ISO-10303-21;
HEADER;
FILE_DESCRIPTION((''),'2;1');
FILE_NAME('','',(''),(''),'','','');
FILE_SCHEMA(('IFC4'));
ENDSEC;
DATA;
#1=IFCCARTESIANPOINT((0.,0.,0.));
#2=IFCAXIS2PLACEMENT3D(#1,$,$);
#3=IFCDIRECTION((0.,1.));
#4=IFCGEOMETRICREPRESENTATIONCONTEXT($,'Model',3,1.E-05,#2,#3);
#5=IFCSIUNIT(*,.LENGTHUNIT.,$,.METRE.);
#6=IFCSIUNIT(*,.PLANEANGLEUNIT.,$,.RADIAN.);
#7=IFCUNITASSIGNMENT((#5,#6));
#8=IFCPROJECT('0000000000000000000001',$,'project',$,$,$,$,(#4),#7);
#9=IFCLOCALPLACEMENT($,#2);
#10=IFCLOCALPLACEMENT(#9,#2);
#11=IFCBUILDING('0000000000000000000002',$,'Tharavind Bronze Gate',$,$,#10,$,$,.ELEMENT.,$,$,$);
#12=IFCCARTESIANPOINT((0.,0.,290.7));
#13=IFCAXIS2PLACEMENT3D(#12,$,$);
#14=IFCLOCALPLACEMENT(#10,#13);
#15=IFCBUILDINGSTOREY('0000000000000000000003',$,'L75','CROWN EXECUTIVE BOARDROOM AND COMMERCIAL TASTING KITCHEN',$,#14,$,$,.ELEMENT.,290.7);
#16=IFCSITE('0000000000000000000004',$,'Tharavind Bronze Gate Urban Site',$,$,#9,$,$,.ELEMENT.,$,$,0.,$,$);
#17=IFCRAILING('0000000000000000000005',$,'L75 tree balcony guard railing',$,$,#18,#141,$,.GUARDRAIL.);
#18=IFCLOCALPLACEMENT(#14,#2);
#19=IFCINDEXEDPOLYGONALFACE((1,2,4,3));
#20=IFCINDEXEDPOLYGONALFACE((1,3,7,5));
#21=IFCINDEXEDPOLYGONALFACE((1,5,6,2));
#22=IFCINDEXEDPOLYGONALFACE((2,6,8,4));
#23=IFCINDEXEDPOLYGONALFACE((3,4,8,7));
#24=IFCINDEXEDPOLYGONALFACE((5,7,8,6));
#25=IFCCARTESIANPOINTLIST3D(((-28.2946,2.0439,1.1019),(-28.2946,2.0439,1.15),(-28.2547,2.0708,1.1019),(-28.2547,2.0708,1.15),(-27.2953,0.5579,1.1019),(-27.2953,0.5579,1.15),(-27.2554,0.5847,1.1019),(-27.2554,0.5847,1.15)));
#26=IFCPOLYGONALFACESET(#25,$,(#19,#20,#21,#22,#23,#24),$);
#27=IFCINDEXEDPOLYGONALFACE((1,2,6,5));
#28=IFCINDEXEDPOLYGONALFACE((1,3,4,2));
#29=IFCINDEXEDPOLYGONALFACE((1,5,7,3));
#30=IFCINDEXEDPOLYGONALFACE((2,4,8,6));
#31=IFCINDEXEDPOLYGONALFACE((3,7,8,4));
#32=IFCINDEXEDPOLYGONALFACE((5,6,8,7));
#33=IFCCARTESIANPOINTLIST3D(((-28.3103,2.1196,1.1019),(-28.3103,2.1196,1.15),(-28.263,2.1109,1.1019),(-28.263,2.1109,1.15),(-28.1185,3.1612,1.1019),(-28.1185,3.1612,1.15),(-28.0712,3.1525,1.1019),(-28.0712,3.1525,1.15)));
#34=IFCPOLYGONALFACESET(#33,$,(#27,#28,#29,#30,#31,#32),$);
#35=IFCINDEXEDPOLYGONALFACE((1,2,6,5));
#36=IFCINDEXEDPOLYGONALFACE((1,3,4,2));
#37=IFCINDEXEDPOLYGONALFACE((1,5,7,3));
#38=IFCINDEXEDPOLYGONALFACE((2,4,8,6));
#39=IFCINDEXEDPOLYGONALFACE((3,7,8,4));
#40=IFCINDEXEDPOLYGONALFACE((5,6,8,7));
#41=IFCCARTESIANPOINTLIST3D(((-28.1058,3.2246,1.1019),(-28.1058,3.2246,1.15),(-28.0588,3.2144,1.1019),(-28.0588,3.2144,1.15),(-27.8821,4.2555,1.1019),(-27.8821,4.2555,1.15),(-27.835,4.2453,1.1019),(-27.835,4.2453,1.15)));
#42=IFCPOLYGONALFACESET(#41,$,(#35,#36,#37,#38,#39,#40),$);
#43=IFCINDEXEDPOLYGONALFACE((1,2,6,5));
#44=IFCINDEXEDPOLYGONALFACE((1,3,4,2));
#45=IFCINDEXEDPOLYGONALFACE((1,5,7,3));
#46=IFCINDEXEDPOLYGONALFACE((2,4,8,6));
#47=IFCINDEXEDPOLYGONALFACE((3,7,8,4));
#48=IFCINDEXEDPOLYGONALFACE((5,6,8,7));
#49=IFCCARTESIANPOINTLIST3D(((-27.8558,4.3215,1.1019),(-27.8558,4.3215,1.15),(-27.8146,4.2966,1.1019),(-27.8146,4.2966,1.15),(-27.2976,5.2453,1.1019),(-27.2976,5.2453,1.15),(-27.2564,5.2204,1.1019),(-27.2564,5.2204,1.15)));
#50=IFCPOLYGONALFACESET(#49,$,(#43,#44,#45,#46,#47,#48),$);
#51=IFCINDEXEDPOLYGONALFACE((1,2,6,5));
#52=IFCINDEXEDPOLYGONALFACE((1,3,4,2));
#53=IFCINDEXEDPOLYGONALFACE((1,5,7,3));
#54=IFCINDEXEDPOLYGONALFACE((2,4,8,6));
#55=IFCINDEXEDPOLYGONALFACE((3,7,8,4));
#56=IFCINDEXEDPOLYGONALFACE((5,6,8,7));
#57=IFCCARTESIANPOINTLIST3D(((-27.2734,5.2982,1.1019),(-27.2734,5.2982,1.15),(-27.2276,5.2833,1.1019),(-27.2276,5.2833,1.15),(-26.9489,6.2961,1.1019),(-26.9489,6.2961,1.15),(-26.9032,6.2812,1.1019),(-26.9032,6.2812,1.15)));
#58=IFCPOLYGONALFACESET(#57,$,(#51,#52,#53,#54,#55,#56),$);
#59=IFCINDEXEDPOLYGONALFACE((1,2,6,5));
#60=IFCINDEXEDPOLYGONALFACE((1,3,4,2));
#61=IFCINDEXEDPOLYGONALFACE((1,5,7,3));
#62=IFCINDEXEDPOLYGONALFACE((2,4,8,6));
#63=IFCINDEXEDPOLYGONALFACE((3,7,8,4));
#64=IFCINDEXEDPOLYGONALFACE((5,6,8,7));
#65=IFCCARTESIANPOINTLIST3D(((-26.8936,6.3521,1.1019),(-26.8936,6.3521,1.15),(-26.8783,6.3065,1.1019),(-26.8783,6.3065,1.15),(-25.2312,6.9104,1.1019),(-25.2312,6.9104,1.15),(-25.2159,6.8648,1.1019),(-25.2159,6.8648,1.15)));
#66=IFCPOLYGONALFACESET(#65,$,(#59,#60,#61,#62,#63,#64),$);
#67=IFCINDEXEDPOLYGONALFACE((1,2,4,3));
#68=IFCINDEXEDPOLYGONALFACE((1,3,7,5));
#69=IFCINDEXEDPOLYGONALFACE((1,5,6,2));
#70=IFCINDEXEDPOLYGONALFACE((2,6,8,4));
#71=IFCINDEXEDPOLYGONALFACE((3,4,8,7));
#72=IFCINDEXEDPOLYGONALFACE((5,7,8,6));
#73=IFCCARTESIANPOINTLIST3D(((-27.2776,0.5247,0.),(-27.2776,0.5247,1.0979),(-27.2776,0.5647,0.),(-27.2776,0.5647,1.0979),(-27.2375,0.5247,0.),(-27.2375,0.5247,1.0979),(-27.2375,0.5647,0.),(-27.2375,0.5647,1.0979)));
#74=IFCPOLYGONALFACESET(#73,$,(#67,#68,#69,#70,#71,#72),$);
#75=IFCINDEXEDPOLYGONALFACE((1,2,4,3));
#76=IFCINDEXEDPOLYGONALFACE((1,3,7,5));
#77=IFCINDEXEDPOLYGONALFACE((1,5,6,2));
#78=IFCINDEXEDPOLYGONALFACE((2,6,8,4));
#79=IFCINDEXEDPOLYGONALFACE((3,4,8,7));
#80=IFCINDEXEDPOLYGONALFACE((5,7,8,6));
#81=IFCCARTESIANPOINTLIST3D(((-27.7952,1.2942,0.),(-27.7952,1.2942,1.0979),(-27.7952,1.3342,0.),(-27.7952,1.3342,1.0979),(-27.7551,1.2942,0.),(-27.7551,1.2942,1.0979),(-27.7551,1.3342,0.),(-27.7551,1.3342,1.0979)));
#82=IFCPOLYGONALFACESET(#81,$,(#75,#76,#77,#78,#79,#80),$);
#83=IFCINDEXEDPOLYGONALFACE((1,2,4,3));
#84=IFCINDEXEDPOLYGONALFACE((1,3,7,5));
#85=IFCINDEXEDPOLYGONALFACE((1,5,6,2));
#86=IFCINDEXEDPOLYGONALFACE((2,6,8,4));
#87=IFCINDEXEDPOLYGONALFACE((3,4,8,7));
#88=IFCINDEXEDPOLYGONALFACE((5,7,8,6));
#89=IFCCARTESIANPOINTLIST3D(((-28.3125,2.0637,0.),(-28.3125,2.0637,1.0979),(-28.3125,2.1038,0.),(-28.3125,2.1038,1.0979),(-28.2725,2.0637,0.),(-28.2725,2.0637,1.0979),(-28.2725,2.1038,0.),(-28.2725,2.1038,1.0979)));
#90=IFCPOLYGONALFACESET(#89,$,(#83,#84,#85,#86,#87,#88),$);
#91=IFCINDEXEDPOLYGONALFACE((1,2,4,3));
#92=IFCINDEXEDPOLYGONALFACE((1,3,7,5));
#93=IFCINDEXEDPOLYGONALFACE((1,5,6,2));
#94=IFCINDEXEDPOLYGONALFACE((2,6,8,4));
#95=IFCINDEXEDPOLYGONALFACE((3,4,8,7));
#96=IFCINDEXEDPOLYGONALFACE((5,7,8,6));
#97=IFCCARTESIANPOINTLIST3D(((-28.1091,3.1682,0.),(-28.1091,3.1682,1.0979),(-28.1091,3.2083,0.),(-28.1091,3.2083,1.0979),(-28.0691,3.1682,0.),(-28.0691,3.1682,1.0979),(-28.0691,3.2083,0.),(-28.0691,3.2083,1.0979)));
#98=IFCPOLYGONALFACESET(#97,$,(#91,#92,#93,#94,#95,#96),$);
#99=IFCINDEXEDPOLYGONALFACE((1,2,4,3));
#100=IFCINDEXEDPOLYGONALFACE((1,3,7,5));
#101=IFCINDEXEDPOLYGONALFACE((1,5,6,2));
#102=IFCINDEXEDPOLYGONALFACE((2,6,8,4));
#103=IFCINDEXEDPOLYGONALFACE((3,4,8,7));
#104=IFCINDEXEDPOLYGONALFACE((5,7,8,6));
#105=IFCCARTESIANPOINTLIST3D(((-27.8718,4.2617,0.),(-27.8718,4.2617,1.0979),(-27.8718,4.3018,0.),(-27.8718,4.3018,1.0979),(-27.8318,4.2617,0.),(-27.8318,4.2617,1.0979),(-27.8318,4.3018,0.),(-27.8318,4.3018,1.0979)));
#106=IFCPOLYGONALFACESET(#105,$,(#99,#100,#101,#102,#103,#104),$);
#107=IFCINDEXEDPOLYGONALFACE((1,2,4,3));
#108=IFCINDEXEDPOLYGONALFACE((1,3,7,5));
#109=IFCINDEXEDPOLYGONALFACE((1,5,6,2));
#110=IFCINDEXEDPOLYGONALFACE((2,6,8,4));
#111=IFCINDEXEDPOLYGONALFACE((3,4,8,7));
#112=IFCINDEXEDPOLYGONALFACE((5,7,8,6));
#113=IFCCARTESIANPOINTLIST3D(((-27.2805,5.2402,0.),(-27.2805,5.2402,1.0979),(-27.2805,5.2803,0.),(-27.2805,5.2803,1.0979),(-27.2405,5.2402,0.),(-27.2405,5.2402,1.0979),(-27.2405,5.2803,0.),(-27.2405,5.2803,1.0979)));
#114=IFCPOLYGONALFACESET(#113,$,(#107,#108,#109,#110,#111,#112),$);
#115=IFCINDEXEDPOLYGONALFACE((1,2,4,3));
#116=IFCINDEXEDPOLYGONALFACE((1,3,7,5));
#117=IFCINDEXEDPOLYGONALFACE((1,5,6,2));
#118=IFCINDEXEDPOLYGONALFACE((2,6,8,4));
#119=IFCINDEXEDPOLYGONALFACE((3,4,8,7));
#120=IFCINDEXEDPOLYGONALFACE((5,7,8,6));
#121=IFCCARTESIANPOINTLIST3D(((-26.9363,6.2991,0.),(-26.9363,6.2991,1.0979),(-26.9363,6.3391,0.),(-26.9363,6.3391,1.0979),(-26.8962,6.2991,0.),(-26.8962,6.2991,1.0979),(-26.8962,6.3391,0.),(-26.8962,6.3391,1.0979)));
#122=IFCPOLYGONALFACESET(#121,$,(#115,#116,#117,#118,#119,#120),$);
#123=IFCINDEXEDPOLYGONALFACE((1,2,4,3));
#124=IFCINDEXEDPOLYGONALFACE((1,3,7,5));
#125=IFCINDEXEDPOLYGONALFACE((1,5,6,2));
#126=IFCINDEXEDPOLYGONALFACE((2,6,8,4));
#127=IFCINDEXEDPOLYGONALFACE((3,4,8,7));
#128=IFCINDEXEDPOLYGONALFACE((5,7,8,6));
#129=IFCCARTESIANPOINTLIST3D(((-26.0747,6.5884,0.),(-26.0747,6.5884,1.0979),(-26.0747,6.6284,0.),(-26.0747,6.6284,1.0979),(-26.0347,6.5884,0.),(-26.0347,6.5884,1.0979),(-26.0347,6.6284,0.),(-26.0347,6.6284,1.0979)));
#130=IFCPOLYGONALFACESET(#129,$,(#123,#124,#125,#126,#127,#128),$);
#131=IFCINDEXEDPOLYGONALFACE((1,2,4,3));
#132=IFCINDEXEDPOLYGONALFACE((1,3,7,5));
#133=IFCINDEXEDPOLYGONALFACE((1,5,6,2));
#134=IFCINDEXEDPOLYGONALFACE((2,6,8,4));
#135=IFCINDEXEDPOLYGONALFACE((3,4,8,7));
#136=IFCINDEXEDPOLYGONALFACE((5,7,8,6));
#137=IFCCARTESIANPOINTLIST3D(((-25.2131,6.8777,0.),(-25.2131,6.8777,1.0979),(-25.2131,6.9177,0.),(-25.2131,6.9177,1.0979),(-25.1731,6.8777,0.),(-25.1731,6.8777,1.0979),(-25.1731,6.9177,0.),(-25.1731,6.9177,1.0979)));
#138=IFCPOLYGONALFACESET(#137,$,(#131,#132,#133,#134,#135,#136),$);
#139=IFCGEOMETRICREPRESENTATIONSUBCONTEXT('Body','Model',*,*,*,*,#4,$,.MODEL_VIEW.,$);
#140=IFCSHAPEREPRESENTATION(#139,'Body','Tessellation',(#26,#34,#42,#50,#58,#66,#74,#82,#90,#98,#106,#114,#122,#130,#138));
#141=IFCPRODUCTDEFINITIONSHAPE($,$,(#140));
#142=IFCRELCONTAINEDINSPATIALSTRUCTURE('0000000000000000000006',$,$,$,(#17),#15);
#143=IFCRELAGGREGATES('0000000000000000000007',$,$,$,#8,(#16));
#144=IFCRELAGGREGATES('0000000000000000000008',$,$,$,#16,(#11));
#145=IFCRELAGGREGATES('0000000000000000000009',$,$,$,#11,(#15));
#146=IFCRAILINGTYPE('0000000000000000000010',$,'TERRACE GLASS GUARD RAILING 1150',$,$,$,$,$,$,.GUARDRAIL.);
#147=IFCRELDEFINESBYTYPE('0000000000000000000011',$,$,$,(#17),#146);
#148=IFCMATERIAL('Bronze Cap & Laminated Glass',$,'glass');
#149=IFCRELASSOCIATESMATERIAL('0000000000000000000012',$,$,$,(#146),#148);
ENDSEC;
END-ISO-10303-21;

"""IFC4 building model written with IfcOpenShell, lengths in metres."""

from ifc_helpers import new_model, si_unit, direction, frame, origin, origin_2d, place, context, subcontext, project, spatial, rectangle, extrude, material, type_object, element, save


model = new_model("IFC4")

# Units and contexts
model_context = context("Model", 3, precision=1e-05, world=origin(), true_north=direction((0.0, 1.0)))
body_context = subcontext(model_context, "Body", "Model", "MODEL_VIEW")
ifc_project = project(units=[si_unit("LENGTHUNIT", "METRE"), si_unit("PLANEANGLEUNIT", "RADIAN")], contexts=[model_context])

# Site, building, storey
site_placement = place(None, origin())
site = spatial("IfcSite", under=ifc_project, at=site_placement, Name="Tharavind Bronze Gate Urban Site", CompositionType="ELEMENT", RefElevation=0.0)
building_placement = place(site_placement, origin())
building = spatial("IfcBuilding", under=site, at=building_placement, Name="Tharavind Bronze Gate", CompositionType="ELEMENT")
storey_placement = place(building_placement, frame((0.0, 0.0, 290.7)))
storey = spatial("IfcBuildingStorey", under=building, at=storey_placement, Name="L75", Description="CROWN EXECUTIVE BOARDROOM AND COMMERCIAL TASTING KITCHEN", CompositionType="ELEMENT", Elevation=290.7)

# Railing
ifc_material_1 = material(Name="Bronze Cap & Laminated Glass", Category="glass")
railing_type = type_object("IfcRailingType", Name="TERRACE GLASS GUARD RAILING 1150", PredefinedType="GUARDRAIL", material=ifc_material_1)
railing_placement = place(storey_placement, frame((-27.2576, 0.5447, 0.0)))
element("IfcRailing", 1, at=railing_placement, inside=storey, type_object=railing_type, Name="L75 tree balcony guard railing", PredefinedType="GUARDRAIL", context=body_context, shape_type="SweptSolid", body=[
    extrude(rectangle(XDim=0.0481, YDim=0.0481, at=origin_2d()), frame((-0.0178, 0.0266, 1.126), z_axis=(-0.558007, 0.829836, 0.0), x_axis=(-0.829836, -0.558007, 0.0)), (0.0, 0.0, 1.0), 1.7908),
    extrude(rectangle(XDim=0.0481, YDim=0.0481, at=origin_2d()), frame((-1.0291, 1.5706, 1.126), z_axis=(0.181085, 0.983467, 0.0), x_axis=(-0.983467, 0.181085, 0.0)), (0.0, 0.0, 1.0), 1.0591),
    extrude(rectangle(XDim=0.0481, YDim=0.0481, at=origin_2d()), frame((-0.8247, 2.6748, 1.126), z_axis=(0.212076, 0.977253, 0.0), x_axis=(-0.977253, 0.212076, 0.0)), (0.0, 0.0, 1.0), 1.0549),
    extrude(rectangle(XDim=0.0481, YDim=0.0481, at=origin_2d()), frame((-0.5776, 3.7644, 1.126), z_axis=(0.517194, 0.855868, 0.0), x_axis=(-0.855868, 0.517194, 0.0)), (0.0, 0.0, 1.0), 1.0793),
    extrude(rectangle(XDim=0.0481, YDim=0.0481, at=origin_2d()), frame((0.0071, 4.7461, 1.126), z_axis=(0.30918, 0.951003, 0.0), x_axis=(-0.951003, 0.30918, 0.0)), (0.0, 0.0, 1.0), 1.0493),
    extrude(rectangle(XDim=0.0481, YDim=0.0481, at=origin_2d()), frame((0.3716, 5.7847, 1.126), z_axis=(0.947983, 0.318322, 0.0), x_axis=(-0.318322, 0.947983, 0.0)), (0.0, 0.0, 1.0), 1.7537),
    extrude(rectangle(XDim=0.04, YDim=0.04, at=origin_2d()), origin(), (0.0, 0.0, 1.0), 1.0979),
    extrude(rectangle(XDim=0.04, YDim=0.04, at=origin_2d()), frame((-0.5176, 0.7695, 0.0)), (0.0, 0.0, 1.0), 1.0979),
    extrude(rectangle(XDim=0.04, YDim=0.04, at=origin_2d()), frame((-1.0349, 1.5391, 0.0)), (0.0, 0.0, 1.0), 1.0979),
    extrude(rectangle(XDim=0.04, YDim=0.04, at=origin_2d()), frame((-0.8315, 2.6436, 0.0)), (0.0, 0.0, 1.0), 1.0979),
    extrude(rectangle(XDim=0.04, YDim=0.04, at=origin_2d()), frame((-0.5942, 3.7371, 0.0)), (0.0, 0.0, 1.0), 1.0979),
    extrude(rectangle(XDim=0.04, YDim=0.04, at=origin_2d()), frame((-0.0029, 4.7156, 0.0)), (0.0, 0.0, 1.0), 1.0979),
    extrude(rectangle(XDim=0.04, YDim=0.04, at=origin_2d()), frame((0.3413, 5.7744, 0.0)), (0.0, 0.0, 1.0), 1.0979),
    extrude(rectangle(XDim=0.04, YDim=0.04, at=origin_2d()), frame((1.2029, 6.0637, 0.0)), (0.0, 0.0, 1.0), 1.0979),
    extrude(rectangle(XDim=0.04, YDim=0.04, at=origin_2d()), frame((2.0645, 6.353, 0.0)), (0.0, 0.0, 1.0), 1.0979),
])

save(model, "model.ifc")
